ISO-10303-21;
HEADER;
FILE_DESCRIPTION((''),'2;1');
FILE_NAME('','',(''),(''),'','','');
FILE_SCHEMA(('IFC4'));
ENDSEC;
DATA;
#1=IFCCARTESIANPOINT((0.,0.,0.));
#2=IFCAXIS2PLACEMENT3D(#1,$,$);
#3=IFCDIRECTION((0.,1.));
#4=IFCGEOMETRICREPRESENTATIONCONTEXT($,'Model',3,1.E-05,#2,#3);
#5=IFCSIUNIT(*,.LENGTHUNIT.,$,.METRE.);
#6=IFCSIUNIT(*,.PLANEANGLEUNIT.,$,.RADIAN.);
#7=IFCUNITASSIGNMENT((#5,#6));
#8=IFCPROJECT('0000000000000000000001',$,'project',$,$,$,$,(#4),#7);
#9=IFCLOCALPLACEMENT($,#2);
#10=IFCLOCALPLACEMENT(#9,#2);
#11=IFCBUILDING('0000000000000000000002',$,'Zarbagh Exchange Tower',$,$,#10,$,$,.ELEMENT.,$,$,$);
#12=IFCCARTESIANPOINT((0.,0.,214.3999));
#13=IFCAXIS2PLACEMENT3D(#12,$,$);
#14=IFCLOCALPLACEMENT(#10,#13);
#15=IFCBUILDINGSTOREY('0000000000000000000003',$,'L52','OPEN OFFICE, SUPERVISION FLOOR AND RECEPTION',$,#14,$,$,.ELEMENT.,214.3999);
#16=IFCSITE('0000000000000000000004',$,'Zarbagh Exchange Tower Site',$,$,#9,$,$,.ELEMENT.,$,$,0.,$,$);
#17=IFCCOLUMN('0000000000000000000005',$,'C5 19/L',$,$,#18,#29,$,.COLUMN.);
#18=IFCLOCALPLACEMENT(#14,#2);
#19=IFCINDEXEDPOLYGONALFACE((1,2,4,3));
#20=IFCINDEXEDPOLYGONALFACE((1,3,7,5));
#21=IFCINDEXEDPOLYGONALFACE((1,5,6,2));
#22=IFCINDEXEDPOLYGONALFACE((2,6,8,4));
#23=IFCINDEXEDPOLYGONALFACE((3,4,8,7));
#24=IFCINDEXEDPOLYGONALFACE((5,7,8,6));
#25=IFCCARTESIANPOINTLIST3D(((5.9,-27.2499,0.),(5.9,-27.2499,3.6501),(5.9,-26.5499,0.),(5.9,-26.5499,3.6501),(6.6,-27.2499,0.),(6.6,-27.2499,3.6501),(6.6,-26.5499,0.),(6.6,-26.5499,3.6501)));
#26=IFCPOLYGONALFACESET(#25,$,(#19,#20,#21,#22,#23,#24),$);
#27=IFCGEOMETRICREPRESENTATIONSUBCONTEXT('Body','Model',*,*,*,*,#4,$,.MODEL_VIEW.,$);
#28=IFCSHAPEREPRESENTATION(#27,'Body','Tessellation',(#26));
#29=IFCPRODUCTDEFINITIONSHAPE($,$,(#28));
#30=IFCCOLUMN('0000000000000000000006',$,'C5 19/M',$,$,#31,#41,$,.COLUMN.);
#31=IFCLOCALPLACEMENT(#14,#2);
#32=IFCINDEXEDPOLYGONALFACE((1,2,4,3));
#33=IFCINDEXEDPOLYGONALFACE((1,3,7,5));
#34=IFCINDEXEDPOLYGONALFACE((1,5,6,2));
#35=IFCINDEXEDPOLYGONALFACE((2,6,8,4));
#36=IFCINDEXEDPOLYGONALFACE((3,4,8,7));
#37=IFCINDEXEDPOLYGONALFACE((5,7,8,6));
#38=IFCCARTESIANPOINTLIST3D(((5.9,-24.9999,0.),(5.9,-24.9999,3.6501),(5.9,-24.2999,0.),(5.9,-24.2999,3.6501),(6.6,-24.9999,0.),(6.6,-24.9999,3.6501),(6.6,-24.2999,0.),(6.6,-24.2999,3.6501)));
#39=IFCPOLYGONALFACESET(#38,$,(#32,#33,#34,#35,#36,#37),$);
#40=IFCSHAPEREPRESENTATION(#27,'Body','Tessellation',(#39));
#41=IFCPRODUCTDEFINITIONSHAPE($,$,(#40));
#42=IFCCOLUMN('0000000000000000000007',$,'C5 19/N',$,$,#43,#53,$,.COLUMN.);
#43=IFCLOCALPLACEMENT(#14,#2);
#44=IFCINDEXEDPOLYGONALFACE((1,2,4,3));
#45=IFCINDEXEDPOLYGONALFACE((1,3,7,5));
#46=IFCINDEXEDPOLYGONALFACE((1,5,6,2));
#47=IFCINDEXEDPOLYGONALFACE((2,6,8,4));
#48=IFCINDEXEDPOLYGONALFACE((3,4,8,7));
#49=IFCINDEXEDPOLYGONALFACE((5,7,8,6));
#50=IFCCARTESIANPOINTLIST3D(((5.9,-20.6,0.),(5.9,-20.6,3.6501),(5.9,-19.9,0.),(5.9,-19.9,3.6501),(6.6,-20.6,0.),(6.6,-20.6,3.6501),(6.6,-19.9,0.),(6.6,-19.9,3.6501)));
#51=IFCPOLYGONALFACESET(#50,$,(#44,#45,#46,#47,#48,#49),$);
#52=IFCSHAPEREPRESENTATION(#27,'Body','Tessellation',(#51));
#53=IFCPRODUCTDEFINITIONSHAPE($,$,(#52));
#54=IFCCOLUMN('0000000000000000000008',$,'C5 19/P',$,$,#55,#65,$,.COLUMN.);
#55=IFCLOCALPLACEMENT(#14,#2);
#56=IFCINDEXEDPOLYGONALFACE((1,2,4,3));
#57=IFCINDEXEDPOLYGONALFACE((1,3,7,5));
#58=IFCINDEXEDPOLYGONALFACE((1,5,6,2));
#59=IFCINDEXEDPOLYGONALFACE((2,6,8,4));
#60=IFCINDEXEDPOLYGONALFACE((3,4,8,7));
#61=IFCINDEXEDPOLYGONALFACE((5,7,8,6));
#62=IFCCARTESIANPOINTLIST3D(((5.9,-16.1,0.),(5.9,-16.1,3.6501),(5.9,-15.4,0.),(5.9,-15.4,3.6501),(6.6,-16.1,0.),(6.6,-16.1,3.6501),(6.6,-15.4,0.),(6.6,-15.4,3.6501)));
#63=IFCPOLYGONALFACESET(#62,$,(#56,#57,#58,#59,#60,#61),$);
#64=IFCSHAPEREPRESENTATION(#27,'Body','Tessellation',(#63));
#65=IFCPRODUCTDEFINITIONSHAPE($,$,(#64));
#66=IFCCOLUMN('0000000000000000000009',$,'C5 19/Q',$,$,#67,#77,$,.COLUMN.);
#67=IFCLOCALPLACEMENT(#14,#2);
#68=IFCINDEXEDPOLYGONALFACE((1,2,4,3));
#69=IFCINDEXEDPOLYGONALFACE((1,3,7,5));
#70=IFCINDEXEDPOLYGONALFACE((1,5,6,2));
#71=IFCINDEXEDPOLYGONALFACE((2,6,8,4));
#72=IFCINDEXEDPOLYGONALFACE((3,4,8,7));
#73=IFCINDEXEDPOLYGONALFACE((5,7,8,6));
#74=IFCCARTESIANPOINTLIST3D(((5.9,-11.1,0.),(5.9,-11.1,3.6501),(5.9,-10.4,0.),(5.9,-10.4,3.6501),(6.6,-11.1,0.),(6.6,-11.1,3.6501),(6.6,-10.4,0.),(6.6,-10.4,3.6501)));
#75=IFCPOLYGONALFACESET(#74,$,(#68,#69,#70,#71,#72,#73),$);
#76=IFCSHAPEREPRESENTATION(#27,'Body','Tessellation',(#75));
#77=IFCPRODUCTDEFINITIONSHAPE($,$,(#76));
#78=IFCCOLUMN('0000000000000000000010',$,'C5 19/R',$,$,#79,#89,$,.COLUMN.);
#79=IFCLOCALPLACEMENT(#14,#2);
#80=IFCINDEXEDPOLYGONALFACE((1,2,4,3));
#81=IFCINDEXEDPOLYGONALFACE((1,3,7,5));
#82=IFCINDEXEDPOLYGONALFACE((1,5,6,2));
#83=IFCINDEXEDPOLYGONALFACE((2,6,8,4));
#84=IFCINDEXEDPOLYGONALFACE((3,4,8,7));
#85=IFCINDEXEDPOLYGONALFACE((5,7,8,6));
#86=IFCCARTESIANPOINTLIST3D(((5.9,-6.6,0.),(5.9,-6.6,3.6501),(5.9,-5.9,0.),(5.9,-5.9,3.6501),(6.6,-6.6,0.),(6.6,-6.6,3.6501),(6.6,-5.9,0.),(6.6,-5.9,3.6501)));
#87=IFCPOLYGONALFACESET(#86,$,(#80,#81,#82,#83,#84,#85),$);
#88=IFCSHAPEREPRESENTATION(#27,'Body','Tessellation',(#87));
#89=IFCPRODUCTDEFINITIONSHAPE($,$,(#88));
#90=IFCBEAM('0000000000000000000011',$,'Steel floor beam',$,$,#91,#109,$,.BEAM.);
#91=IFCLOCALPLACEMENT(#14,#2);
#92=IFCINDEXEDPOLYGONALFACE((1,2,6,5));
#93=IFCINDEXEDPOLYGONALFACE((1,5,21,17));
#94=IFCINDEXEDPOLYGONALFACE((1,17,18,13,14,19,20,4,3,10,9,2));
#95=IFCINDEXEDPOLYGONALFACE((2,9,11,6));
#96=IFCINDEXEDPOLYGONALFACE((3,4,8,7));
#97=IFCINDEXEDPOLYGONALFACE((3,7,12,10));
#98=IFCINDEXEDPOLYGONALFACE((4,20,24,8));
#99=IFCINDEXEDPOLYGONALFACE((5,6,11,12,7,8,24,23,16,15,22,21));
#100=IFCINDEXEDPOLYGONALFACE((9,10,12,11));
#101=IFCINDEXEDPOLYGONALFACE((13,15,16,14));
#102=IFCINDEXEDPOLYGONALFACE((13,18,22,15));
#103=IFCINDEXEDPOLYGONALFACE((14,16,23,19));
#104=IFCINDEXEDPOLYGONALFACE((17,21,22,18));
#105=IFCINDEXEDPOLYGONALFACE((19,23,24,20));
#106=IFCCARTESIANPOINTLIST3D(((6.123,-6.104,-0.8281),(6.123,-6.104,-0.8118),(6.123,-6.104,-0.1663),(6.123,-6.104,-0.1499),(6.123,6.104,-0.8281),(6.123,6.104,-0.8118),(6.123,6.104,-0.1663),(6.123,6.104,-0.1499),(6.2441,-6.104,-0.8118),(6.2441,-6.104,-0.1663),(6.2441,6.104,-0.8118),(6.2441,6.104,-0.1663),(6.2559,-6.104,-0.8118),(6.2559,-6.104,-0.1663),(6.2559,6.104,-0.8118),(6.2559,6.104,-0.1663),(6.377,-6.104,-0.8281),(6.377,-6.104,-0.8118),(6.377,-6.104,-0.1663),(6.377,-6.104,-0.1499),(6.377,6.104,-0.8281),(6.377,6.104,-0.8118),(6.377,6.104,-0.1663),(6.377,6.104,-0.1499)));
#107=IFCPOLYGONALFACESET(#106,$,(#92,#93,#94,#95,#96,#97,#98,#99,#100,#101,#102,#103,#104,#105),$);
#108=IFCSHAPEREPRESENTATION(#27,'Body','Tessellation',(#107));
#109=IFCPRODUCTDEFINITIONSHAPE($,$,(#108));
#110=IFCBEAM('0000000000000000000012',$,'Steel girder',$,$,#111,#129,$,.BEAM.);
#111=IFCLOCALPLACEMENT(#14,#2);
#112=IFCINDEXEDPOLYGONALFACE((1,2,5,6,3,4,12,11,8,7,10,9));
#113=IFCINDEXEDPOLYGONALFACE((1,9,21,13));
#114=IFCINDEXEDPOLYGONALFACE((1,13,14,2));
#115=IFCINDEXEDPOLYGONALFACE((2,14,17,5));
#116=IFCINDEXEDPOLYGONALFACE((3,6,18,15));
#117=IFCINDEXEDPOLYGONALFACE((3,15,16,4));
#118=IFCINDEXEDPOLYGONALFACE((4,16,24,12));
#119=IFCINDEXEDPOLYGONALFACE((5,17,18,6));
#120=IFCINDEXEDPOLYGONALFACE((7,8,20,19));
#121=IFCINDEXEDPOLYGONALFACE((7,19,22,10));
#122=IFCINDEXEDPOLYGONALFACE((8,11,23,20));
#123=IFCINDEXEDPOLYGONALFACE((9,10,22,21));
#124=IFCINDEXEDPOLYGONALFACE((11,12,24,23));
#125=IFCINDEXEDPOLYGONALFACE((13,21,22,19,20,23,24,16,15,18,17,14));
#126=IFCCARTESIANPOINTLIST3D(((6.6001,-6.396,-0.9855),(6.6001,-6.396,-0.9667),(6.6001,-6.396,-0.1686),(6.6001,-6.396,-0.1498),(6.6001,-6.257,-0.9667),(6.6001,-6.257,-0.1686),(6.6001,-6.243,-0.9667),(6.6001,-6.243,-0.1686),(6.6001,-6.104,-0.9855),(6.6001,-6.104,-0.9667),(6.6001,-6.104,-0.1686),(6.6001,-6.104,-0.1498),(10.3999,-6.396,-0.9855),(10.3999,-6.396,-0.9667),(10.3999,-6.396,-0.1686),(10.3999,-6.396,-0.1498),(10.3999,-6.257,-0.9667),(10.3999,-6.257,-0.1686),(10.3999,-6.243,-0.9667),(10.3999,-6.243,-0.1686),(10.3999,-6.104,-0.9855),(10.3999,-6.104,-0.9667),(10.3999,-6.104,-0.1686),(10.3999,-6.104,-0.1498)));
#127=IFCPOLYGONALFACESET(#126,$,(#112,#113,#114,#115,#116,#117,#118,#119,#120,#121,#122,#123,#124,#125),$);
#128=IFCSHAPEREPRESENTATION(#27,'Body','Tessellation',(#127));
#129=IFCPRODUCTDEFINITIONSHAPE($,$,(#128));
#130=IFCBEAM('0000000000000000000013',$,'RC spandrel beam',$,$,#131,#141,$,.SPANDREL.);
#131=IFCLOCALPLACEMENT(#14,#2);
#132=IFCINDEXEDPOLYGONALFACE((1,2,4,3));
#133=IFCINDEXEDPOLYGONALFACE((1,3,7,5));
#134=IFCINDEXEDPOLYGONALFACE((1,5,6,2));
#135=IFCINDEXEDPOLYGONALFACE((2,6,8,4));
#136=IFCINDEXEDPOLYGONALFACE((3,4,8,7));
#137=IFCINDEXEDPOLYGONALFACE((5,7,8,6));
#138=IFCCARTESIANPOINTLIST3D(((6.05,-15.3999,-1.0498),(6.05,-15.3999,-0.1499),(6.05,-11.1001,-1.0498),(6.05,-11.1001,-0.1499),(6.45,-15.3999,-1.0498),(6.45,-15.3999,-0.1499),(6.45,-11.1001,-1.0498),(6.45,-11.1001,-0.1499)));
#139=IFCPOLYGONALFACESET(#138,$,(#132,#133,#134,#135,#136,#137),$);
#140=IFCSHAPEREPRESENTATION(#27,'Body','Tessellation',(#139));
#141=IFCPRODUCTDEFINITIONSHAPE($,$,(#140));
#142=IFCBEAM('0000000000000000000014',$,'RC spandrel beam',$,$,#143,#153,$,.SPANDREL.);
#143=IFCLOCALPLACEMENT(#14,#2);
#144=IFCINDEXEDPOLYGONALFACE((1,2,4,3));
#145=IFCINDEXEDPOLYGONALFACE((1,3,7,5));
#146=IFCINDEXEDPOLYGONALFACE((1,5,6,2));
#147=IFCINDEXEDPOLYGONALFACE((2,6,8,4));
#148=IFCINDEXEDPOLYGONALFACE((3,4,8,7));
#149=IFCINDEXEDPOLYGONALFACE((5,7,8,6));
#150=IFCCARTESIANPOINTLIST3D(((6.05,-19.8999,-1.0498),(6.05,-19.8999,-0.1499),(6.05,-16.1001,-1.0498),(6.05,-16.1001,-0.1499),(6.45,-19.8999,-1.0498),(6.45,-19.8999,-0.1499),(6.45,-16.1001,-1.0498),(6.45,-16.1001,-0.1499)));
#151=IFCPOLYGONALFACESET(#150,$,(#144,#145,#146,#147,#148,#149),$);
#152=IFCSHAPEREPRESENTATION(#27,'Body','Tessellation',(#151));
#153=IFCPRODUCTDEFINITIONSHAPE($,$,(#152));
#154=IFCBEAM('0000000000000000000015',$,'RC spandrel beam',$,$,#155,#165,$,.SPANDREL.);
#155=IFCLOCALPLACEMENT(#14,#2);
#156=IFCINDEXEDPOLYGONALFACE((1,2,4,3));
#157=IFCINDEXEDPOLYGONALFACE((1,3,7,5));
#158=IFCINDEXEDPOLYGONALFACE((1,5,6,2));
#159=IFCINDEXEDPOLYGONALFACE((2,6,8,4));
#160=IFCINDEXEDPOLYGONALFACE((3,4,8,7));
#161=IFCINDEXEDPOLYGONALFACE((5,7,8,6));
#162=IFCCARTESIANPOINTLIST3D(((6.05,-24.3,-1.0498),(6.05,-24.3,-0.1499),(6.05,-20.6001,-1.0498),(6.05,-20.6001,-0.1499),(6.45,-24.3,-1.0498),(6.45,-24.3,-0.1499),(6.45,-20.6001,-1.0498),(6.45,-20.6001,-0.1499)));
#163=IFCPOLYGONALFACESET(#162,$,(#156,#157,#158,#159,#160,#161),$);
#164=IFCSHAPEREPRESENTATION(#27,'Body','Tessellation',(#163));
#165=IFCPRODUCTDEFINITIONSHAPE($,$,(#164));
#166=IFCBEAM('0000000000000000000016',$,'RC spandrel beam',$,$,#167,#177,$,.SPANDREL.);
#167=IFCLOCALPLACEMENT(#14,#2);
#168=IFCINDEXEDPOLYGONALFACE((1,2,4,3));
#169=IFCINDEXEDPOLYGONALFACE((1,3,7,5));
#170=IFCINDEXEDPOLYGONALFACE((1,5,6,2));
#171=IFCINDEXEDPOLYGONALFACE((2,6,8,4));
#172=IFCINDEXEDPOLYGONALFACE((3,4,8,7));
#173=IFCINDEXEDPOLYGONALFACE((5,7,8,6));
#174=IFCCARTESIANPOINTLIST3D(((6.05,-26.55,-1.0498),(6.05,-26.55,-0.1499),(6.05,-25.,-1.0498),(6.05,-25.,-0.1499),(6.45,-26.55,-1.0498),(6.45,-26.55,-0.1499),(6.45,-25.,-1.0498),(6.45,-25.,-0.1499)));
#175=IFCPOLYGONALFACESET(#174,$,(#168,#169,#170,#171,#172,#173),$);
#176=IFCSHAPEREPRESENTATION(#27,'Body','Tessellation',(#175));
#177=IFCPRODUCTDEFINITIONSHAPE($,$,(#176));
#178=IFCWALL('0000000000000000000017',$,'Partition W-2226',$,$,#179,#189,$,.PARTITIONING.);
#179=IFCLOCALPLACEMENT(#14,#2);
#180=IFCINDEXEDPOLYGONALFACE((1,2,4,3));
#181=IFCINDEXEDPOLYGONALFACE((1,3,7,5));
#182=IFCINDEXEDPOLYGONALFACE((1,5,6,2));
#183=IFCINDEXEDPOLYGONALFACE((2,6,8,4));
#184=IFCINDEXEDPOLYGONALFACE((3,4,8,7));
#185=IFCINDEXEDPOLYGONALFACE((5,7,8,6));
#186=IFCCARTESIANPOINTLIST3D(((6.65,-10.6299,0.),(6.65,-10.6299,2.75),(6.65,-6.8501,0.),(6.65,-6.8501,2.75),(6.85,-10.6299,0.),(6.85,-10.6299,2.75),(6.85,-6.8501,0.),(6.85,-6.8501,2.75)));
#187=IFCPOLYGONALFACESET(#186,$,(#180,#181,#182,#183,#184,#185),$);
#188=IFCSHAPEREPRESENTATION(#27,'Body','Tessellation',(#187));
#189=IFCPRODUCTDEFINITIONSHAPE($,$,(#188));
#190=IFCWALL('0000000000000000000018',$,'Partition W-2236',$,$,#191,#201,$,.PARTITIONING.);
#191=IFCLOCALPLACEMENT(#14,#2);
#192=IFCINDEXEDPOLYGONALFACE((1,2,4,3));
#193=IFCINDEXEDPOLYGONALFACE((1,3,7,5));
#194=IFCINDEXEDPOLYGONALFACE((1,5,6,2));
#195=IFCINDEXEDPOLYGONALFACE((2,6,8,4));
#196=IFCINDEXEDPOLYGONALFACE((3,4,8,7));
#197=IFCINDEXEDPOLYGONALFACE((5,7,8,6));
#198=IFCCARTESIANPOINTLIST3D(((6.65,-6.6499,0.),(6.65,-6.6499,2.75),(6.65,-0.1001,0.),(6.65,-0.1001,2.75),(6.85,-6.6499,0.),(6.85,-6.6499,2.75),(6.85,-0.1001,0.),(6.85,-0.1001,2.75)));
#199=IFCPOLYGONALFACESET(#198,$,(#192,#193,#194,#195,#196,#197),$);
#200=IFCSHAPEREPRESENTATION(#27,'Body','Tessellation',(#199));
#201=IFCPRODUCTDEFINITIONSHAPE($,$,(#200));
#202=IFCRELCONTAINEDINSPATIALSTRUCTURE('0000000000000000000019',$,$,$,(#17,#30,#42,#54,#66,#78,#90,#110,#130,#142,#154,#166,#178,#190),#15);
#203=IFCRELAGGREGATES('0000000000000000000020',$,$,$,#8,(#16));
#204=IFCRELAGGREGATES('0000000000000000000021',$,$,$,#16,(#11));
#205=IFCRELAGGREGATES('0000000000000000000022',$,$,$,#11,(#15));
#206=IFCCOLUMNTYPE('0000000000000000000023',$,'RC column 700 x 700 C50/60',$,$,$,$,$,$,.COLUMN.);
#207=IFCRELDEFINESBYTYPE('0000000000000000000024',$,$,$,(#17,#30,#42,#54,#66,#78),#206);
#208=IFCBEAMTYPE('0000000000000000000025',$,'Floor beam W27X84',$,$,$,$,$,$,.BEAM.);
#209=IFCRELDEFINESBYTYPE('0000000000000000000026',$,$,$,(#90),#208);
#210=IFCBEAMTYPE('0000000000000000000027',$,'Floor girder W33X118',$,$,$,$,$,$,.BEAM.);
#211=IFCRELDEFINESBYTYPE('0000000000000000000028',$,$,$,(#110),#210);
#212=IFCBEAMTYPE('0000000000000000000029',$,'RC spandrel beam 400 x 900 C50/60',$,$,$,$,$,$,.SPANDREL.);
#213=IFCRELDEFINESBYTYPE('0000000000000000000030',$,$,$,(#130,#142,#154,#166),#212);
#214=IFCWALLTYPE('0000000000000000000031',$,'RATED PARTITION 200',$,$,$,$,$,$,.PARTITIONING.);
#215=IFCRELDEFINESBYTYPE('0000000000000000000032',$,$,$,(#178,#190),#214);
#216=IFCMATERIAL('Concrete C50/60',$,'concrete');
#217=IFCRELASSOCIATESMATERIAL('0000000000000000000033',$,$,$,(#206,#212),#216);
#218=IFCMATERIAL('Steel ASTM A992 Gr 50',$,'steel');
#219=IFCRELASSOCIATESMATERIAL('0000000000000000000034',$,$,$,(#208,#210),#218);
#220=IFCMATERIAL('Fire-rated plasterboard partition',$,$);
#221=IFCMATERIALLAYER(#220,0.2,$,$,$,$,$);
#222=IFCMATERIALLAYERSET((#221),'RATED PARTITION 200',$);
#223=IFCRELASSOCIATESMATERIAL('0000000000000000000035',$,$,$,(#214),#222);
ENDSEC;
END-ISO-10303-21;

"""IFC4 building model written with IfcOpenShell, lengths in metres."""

from ifc_helpers import new_model, si_unit, direction, frame, frame_2d, origin, origin_2d, place, context, subcontext, project, spatial, rectangle, i_section, extrude, material, layer, layer_set, material_profile, profile_set, type_object, element, save


model = new_model("IFC4")

# Units and contexts
model_context = context("Model", 3, precision=1e-05, world=origin(), true_north=direction((0.0, 1.0)))
body_context = subcontext(model_context, "Body", "Model", "MODEL_VIEW")
ifc_project = project(units=[si_unit("LENGTHUNIT", "METRE"), si_unit("PLANEANGLEUNIT", "RADIAN")], contexts=[model_context])

# Site, building, storey
site_placement = place(None, origin())
site = spatial("IfcSite", under=ifc_project, at=site_placement, Name="Zarbagh Exchange Tower Site", CompositionType="ELEMENT", RefElevation=0.0)
building_placement = place(site_placement, origin())
building = spatial("IfcBuilding", under=site, at=building_placement, Name="Zarbagh Exchange Tower", CompositionType="ELEMENT")
storey_placement = place(building_placement, frame((0.0, 0.0, 214.3999)))
storey = spatial("IfcBuildingStorey", under=building, at=storey_placement, Name="L52", Description="OPEN OFFICE, SUPERVISION FLOOR AND RECEPTION", CompositionType="ELEMENT", Elevation=214.3999)

# Columns
ifc_material_1 = material(Name="Concrete C50/60", Category="concrete")
ifc_material_profile_1 = material_profile(ifc_material_1, rectangle(XDim=0.7, YDim=0.7, at=origin_2d()), Name="RC column 700 x 700 C50/60")
ifc_profile_set_1 = profile_set([ifc_material_profile_1], Name="Concrete C50/60")
column_type = type_object("IfcColumnType", Name="RC column 700 x 700 C50/60", PredefinedType="COLUMN", material=ifc_profile_set_1)
for number, where, z_axis, x_axis, name in (
    (1, (6.25, -26.8999, 0.0), (0.0, 0.0, 1.0), (1.0, 0.0, 0.0), "C5 19/L"),
    (2, (6.25, -24.6499, 0.0), (0.0, 0.0, 1.0), (1.0, 0.0, 0.0), "C5 19/M"),
    (3, (6.25, -20.25, 0.0), (0.0, 0.0, 1.0), (1.0, 0.0, 0.0), "C5 19/N"),
    (4, (6.25, -15.75, 0.0), (0.0, 0.0, 1.0), (1.0, 0.0, 0.0), "C5 19/P"),
    (5, (6.25, -10.75, 0.0), (0.0, 0.0, 1.0), (1.0, 0.0, 0.0), "C5 19/Q"),
    (6, (6.25, -6.25, 0.0), (0.0, 0.0, 1.0), (1.0, 0.0, 0.0), "C5 19/R"),
):
    element("IfcColumn", number, at=place(storey_placement, frame(where, z_axis=z_axis, x_axis=x_axis)), inside=storey, type_object=column_type, Name=name, PredefinedType="COLUMN", context=body_context, shape_type="SweptSolid", body=[
        extrude(rectangle(XDim=0.7, YDim=0.7, at=origin_2d()), origin(), (0.0, 0.0, 1.0), 3.6501),
    ])

# Beams
ifc_material_2 = material(Name="Steel ASTM A992 Gr 50", Category="steel")
ifc_material_profile_2 = material_profile(ifc_material_2, i_section(OverallWidth=0.2539, OverallDepth=0.6782, WebThickness=0.0117, FlangeThickness=0.0164, at=origin_2d()), Name="W27X84")
ifc_profile_set_2 = profile_set([ifc_material_profile_2], Name="Steel ASTM A992 Gr 50")
beam_type_1 = type_object("IfcBeamType", Name="Floor beam W27X84", PredefinedType="BEAM", material=ifc_profile_set_2)
beam_1_placement = place(storey_placement, frame((6.25, -6.104, -0.489), z_axis=(0.0, 1.0, 0.0), x_axis=(-1.0, 0.0, 0.0)))
element("IfcBeam", 7, at=beam_1_placement, inside=storey, type_object=beam_type_1, Name="Steel floor beam", PredefinedType="BEAM", context=body_context, shape_type="SweptSolid", body=[
    extrude(i_section(OverallWidth=0.2539, OverallDepth=0.6782, WebThickness=0.0117, FlangeThickness=0.0164, at=origin_2d()), origin(), (0.0, 0.0, 1.0), 12.208),
])
ifc_material_profile_3 = material_profile(ifc_material_2, i_section(OverallWidth=0.292, OverallDepth=0.8357, WebThickness=0.0139, FlangeThickness=0.0188, at=origin_2d()), Name="W33X118")
ifc_profile_set_3 = profile_set([ifc_material_profile_3], Name="Steel ASTM A992 Gr 50")
beam_type_2 = type_object("IfcBeamType", Name="Floor girder W33X118", PredefinedType="BEAM", material=ifc_profile_set_3)
beam_2_placement = place(storey_placement, frame((6.6001, -6.25, -0.5676), z_axis=(1.0, 0.0, 0.0), x_axis=(0.0, 1.0, 0.0)))
element("IfcBeam", 8, at=beam_2_placement, inside=storey, type_object=beam_type_2, Name="Steel girder", PredefinedType="BEAM", context=body_context, shape_type="SweptSolid", body=[
    extrude(i_section(OverallWidth=0.292, OverallDepth=0.8357, WebThickness=0.0139, FlangeThickness=0.0188, at=origin_2d()), origin(), (0.0, 0.0, 1.0), 3.7998),
])
ifc_material_profile_4 = material_profile(ifc_material_1, rectangle(XDim=0.3999, YDim=0.8999, at=origin_2d()), Name="RC spandrel beam 400 x 900 C50/60")
ifc_profile_set_4 = profile_set([ifc_material_profile_4], Name="Concrete C50/60")
beam_type_3 = type_object("IfcBeamType", Name="RC spandrel beam 400 x 900 C50/60", PredefinedType="SPANDREL", material=ifc_profile_set_4)
beam_3_placement = place(storey_placement, frame((6.25, -11.1001, -0.5999), z_axis=(0.0, -1.0, 0.0), x_axis=(1.0, 0.0, 0.0)))
element("IfcBeam", 9, at=beam_3_placement, inside=storey, type_object=beam_type_3, Name="RC spandrel beam", PredefinedType="SPANDREL", context=body_context, shape_type="SweptSolid", body=[
    extrude(rectangle(XDim=0.3999, YDim=0.8999, at=origin_2d()), origin(), (0.0, 0.0, 1.0), 4.2998),
])
beam_4_placement = place(storey_placement, frame((6.25, -16.1001, -0.5999), z_axis=(0.0, -1.0, 0.0), x_axis=(1.0, 0.0, 0.0)))
element("IfcBeam", 10, at=beam_4_placement, inside=storey, type_object=beam_type_3, Name="RC spandrel beam", PredefinedType="SPANDREL", context=body_context, shape_type="SweptSolid", body=[
    extrude(rectangle(XDim=0.3999, YDim=0.8999, at=origin_2d()), origin(), (0.0, 0.0, 1.0), 3.7998),
])
beam_5_placement = place(storey_placement, frame((6.25, -20.6001, -0.5999), z_axis=(0.0, -1.0, 0.0), x_axis=(1.0, 0.0, 0.0)))
element("IfcBeam", 11, at=beam_5_placement, inside=storey, type_object=beam_type_3, Name="RC spandrel beam", PredefinedType="SPANDREL", context=body_context, shape_type="SweptSolid", body=[
    extrude(rectangle(XDim=0.3999, YDim=0.8999, at=origin_2d()), origin(), (0.0, 0.0, 1.0), 3.7),
])
beam_6_placement = place(storey_placement, frame((6.25, -25.0, -0.5999), z_axis=(0.0, -1.0, 0.0), x_axis=(1.0, 0.0, 0.0)))
element("IfcBeam", 12, at=beam_6_placement, inside=storey, type_object=beam_type_3, Name="RC spandrel beam", PredefinedType="SPANDREL", context=body_context, shape_type="SweptSolid", body=[
    extrude(rectangle(XDim=0.3999, YDim=0.8999, at=origin_2d()), origin(), (0.0, 0.0, 1.0), 1.55),
])

# Walls
ifc_material_3 = material(Name="Fire-rated plasterboard partition")
ifc_layer_1 = layer(ifc_material_3, 0.2)
ifc_layer_set_1 = layer_set([ifc_layer_1], Name="RATED PARTITION 200")
wall_type_1 = type_object("IfcWallType", Name="RATED PARTITION 200", PredefinedType="PARTITIONING", material=ifc_layer_set_1)
wall_1_placement = place(storey_placement, frame((6.75, -10.6299, 0.0), z_axis=(0.0, 0.0, 1.0), x_axis=(0.0, 1.0, 0.0)))
element("IfcWall", 13, at=wall_1_placement, inside=storey, type_object=wall_type_1, Name="Partition W-2226", PredefinedType="PARTITIONING", context=body_context, shape_type="SweptSolid", body=[
    extrude(rectangle(XDim=3.7798, YDim=0.2, at=frame_2d((1.8899, 0.0))), origin(), (0.0, 0.0, 1.0), 2.75),
])
wall_2_placement = place(storey_placement, frame((6.75, -6.6499, 0.0), z_axis=(0.0, 0.0, 1.0), x_axis=(0.0, 1.0, 0.0)))
element("IfcWall", 14, at=wall_2_placement, inside=storey, type_object=wall_type_1, Name="Partition W-2236", PredefinedType="PARTITIONING", context=body_context, shape_type="SweptSolid", body=[
    extrude(rectangle(XDim=6.5498, YDim=0.2, at=frame_2d((3.2749, 0.0))), origin(), (0.0, 0.0, 1.0), 2.75),
])

save(model, "model.ifc")
